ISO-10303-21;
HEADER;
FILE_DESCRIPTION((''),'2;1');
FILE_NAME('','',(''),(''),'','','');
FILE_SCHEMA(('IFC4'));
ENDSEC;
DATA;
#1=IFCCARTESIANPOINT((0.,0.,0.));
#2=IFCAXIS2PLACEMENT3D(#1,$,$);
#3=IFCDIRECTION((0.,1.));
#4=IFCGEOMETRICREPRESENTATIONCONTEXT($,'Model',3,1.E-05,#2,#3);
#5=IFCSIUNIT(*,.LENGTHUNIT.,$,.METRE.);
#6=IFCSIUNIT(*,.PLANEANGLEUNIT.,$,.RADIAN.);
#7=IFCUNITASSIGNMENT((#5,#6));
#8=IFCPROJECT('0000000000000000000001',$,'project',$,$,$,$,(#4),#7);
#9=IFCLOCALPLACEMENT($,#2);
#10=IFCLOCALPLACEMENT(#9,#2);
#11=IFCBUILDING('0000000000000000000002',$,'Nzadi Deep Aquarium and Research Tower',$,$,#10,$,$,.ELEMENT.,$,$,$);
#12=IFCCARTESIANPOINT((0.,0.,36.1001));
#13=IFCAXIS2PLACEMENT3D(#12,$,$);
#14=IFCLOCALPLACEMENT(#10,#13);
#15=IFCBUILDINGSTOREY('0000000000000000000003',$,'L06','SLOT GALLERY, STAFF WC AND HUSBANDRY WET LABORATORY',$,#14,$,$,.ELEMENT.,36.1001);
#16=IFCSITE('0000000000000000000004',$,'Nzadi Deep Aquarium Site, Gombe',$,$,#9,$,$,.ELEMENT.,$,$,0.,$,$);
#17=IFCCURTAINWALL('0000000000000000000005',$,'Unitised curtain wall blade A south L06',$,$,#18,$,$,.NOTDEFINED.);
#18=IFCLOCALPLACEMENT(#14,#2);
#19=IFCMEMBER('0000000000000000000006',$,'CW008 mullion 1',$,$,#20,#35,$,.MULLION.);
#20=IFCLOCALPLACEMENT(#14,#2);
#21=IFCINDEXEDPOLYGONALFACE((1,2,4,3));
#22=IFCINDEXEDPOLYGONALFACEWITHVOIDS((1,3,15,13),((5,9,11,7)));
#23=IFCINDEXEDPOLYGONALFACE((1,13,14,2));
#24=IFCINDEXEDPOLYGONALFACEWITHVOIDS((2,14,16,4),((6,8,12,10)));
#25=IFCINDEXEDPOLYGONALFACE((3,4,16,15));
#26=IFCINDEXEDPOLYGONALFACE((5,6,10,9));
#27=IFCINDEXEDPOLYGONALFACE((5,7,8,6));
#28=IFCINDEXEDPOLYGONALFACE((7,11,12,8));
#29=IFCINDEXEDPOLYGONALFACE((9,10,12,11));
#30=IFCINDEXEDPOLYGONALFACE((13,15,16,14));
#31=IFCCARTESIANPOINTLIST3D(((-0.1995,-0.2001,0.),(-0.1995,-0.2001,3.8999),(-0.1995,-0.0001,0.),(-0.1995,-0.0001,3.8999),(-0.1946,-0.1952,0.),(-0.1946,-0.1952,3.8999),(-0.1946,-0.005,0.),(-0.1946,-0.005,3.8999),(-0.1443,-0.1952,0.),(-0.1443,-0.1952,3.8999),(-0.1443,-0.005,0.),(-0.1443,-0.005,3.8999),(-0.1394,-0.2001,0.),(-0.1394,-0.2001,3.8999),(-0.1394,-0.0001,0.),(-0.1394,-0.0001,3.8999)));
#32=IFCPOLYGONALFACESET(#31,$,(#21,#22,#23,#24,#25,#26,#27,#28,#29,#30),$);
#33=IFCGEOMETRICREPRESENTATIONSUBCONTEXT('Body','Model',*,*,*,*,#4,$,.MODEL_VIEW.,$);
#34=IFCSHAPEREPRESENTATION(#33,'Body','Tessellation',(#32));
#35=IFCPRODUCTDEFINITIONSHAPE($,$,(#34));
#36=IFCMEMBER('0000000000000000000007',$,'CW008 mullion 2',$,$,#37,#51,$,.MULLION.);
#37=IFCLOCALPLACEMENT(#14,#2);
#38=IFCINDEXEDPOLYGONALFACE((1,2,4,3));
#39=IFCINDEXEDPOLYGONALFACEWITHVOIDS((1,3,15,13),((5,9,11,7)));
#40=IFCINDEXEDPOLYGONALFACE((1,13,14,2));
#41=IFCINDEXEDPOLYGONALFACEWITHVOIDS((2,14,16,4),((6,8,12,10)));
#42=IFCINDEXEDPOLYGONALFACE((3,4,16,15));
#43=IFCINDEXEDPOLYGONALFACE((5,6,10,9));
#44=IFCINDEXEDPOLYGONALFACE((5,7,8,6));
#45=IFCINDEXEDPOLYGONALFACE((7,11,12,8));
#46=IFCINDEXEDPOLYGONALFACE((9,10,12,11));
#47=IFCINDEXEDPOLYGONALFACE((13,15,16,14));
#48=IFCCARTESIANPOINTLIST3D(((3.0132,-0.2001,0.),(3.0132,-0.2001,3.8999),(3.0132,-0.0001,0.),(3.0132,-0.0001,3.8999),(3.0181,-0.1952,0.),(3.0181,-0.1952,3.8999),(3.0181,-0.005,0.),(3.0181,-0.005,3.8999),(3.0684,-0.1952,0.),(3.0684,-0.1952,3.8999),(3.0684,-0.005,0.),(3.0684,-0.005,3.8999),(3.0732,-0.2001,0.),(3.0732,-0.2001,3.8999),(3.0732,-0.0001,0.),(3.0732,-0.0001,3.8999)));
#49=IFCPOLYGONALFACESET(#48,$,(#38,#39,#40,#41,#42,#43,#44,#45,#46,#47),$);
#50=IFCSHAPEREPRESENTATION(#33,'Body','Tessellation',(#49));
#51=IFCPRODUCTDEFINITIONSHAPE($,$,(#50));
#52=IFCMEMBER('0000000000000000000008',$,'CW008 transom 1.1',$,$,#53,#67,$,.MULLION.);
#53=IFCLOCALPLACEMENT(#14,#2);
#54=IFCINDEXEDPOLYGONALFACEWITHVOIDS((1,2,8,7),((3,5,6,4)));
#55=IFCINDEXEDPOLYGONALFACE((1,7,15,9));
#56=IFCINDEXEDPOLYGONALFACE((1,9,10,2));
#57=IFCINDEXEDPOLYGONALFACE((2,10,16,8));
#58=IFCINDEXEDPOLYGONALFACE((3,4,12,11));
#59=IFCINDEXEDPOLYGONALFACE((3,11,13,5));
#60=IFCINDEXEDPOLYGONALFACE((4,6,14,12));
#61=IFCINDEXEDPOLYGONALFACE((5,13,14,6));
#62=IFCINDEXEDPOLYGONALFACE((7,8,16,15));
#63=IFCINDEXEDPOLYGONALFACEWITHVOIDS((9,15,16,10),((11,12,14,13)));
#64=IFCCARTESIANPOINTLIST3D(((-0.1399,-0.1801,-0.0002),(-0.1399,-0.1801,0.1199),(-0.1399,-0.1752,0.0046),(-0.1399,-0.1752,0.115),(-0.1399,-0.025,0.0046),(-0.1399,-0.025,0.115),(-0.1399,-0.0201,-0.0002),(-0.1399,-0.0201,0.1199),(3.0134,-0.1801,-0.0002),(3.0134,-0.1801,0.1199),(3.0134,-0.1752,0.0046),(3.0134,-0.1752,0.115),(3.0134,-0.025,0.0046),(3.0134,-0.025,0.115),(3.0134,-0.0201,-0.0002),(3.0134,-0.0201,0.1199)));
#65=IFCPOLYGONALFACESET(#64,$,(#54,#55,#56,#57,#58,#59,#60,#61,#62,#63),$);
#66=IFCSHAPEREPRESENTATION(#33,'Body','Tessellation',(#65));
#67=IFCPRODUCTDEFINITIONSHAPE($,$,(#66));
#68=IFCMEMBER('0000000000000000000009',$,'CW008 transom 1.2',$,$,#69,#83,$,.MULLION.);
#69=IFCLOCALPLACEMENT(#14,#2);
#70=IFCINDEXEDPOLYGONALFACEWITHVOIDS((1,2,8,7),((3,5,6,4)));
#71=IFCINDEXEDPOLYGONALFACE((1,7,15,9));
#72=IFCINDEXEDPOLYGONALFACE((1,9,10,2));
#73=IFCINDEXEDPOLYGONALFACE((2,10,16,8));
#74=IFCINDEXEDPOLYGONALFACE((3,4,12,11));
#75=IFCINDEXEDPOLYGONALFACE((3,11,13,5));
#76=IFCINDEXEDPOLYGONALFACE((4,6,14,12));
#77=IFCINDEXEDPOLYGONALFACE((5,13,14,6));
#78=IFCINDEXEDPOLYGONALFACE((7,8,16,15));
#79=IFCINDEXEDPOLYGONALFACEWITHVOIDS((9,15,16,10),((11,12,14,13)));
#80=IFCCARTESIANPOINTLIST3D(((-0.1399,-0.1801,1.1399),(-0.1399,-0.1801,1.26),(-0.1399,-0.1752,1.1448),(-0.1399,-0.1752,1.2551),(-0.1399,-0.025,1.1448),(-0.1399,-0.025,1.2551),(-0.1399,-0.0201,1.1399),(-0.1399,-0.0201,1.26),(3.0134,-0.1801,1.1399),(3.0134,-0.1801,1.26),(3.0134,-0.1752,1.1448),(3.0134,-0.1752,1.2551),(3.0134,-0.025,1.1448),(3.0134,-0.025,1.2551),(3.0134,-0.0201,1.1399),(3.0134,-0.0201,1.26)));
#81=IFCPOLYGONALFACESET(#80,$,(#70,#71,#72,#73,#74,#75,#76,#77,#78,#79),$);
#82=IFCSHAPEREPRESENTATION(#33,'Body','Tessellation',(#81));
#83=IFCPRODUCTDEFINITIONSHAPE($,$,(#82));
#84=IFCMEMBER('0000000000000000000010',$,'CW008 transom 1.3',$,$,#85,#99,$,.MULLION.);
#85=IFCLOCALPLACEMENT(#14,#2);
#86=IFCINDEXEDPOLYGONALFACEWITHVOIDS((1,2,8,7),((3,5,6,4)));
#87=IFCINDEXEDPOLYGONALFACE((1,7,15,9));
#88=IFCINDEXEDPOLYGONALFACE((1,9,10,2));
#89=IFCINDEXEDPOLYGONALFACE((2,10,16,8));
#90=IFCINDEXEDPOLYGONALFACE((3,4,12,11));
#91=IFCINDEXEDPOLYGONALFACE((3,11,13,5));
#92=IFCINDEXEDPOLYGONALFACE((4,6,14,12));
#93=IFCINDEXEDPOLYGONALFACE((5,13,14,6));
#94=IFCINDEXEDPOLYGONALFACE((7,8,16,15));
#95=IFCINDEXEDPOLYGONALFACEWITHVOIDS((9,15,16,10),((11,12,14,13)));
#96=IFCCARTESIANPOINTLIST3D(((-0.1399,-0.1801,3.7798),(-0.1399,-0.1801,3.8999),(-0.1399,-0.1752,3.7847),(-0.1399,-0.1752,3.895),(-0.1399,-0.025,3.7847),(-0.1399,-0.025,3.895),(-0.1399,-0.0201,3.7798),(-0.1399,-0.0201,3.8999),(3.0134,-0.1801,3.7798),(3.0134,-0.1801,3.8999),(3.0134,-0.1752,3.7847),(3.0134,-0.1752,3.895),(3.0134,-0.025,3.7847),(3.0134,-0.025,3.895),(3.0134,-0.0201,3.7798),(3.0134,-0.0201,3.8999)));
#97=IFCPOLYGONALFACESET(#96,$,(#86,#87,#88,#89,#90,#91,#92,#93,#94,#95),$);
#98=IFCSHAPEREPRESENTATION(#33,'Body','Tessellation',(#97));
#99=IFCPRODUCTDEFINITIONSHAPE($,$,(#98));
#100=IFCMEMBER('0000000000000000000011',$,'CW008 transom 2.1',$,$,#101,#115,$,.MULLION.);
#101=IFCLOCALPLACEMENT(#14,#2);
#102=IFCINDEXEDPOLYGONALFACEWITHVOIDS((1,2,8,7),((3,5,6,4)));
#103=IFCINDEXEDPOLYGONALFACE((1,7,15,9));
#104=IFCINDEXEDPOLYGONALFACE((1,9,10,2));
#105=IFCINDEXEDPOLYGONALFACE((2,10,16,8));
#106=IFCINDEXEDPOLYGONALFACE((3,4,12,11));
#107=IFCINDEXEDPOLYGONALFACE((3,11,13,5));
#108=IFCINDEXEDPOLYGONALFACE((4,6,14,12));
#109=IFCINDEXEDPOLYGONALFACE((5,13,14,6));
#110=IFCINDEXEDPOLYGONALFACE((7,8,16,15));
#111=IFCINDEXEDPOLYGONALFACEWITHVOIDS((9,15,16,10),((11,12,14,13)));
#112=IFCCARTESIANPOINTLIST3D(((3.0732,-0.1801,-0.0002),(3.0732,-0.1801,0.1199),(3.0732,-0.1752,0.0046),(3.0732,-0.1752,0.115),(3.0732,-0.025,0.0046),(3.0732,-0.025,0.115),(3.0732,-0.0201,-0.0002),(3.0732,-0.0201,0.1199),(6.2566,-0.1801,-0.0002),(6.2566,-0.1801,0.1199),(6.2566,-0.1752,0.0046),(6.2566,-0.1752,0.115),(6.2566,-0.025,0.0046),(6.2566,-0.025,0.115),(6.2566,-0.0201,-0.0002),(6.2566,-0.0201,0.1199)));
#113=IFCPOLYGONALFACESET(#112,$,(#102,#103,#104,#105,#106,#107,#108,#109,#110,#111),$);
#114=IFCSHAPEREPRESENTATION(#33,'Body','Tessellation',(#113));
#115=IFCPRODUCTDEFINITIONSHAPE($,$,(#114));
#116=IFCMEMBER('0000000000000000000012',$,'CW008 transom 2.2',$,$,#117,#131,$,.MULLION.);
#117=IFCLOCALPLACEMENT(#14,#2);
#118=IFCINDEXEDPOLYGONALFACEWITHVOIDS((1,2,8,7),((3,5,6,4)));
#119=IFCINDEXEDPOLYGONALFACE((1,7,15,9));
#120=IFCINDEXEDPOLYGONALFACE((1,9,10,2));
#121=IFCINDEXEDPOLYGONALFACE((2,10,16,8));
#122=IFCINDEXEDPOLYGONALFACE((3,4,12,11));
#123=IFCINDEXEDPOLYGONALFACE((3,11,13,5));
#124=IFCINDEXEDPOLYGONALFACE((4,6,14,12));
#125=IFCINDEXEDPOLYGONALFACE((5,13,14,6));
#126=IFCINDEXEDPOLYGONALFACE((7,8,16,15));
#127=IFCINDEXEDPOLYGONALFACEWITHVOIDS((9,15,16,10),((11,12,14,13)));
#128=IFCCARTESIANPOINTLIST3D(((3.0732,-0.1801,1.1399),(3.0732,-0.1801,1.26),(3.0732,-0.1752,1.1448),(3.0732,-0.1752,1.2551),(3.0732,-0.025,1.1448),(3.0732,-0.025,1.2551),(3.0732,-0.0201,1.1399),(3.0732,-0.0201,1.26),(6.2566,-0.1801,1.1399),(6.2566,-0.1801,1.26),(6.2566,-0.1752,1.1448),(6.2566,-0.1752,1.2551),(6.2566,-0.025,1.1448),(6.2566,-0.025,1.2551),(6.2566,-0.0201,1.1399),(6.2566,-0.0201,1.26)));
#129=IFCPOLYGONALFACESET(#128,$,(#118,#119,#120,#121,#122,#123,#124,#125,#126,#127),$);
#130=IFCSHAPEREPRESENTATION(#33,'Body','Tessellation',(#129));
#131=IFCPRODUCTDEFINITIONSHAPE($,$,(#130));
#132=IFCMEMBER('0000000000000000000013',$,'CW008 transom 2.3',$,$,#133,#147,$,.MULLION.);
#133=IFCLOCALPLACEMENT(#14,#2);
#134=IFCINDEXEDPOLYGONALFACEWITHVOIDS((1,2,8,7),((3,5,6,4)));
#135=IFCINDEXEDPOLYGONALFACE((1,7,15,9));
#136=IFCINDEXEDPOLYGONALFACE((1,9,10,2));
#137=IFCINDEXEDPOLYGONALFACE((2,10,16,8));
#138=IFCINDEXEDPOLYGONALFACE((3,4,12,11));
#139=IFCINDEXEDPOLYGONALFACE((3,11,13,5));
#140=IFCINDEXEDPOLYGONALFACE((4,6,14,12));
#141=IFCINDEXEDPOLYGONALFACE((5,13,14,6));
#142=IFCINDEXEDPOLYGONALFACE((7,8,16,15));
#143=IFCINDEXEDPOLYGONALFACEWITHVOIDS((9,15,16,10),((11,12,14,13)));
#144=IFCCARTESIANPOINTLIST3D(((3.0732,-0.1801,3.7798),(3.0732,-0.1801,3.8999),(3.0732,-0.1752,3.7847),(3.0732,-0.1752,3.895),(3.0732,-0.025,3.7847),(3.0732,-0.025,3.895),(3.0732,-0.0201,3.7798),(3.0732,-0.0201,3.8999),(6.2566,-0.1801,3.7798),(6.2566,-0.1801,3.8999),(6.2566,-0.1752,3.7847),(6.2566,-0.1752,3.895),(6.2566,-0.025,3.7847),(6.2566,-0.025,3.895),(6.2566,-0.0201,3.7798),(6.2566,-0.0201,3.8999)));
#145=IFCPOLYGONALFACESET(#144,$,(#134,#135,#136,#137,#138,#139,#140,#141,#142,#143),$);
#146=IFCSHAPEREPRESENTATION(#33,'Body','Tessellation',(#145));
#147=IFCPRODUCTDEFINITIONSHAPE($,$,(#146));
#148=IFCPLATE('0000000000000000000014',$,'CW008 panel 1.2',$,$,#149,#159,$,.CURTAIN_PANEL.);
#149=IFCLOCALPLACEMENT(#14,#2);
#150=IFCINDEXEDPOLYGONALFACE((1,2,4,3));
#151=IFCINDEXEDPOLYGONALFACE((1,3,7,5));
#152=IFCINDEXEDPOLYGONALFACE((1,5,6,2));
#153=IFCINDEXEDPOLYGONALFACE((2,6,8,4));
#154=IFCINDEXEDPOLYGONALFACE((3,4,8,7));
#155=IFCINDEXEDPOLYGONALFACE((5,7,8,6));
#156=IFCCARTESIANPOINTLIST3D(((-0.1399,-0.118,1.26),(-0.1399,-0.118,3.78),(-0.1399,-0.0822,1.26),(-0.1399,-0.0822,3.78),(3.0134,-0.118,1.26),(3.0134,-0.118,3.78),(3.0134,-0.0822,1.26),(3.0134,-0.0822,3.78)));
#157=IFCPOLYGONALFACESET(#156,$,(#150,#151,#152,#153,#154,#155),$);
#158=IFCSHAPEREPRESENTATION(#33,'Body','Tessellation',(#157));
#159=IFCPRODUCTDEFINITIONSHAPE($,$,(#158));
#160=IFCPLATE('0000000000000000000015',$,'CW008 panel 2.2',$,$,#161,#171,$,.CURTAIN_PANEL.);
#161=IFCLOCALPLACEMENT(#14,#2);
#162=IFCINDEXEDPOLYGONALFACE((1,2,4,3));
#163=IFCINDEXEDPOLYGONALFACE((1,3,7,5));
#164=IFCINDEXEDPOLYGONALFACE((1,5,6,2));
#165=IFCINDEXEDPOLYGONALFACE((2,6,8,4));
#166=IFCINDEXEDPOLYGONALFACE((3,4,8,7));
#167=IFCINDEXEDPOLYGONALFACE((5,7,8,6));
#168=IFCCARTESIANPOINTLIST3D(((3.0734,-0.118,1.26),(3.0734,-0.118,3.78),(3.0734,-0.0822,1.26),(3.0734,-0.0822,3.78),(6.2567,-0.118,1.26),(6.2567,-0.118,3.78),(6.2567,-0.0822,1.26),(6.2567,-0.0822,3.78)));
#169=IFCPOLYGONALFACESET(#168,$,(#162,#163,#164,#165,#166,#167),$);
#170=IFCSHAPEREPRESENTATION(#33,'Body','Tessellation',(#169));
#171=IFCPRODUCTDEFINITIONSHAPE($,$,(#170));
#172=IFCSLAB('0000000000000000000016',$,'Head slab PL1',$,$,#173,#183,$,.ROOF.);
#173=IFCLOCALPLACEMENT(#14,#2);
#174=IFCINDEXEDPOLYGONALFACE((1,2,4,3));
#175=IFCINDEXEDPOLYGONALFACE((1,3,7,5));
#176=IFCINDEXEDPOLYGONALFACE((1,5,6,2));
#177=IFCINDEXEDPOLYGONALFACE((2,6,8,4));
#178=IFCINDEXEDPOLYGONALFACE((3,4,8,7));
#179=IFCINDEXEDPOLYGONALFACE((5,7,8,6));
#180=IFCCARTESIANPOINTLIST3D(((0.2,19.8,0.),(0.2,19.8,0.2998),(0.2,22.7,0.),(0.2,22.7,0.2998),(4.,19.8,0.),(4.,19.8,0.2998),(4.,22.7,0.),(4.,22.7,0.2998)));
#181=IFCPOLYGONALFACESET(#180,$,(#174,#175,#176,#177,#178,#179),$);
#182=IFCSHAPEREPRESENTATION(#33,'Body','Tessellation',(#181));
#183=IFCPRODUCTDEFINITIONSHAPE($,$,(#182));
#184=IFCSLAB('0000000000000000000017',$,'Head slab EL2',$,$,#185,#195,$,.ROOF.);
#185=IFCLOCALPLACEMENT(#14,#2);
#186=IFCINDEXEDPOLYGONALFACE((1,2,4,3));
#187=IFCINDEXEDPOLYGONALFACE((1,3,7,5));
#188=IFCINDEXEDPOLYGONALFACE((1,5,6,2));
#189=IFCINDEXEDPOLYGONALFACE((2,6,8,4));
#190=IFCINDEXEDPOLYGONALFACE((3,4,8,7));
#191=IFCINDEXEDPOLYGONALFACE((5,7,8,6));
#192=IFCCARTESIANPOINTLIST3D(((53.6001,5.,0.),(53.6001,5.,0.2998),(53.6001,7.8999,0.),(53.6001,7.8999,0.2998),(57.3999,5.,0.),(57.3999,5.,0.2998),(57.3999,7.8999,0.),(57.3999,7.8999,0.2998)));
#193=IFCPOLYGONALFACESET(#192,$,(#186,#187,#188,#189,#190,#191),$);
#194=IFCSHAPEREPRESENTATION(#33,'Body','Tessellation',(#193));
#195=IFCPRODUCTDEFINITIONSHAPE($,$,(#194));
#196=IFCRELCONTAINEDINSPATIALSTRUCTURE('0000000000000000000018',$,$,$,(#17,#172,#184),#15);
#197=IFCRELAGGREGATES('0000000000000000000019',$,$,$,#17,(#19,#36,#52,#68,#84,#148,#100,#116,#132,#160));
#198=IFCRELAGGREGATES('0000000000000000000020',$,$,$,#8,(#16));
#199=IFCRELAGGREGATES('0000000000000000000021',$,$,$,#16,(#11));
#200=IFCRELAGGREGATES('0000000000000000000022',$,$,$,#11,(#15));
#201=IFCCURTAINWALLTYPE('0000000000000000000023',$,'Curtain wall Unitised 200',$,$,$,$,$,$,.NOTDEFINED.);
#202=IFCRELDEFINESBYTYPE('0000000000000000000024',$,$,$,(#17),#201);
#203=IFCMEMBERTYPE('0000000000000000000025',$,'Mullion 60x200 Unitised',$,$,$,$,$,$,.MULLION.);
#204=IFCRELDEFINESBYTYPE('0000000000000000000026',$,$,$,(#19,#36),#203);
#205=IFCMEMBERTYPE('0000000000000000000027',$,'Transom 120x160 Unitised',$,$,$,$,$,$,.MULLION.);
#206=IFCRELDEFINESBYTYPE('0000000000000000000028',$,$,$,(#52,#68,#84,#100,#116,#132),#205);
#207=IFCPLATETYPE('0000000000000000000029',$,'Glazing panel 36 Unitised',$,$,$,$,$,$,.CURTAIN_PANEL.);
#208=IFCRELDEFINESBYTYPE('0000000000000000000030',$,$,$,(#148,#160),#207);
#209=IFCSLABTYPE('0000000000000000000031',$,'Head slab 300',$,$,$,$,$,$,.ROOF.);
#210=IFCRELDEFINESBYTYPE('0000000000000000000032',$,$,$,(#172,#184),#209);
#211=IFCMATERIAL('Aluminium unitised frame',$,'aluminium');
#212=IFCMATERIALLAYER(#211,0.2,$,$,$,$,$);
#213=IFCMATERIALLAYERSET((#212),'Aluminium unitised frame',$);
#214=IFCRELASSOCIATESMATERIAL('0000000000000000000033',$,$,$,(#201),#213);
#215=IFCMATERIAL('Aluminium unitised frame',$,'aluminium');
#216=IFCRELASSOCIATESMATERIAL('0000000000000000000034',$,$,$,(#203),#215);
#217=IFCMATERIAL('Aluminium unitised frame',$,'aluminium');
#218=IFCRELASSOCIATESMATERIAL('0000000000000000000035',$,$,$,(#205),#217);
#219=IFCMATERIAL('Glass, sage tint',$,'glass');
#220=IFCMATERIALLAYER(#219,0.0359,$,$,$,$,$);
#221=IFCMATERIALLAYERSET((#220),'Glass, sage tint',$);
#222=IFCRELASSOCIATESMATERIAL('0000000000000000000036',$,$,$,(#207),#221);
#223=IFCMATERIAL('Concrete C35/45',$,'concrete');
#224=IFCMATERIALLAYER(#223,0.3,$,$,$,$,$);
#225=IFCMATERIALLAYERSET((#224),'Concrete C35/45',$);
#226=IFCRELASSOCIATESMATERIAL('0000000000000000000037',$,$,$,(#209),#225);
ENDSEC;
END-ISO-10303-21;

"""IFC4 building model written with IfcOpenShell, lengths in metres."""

from ifc_helpers import new_model, si_unit, direction, frame, origin, origin_2d, place, context, subcontext, project, spatial, polyline, rectangle, hollow_rectangle, outline, extrude, material, layer, layer_set, material_profile, profile_set, type_object, element, aggregate, save


model = new_model("IFC4")

# Units and contexts
model_context = context("Model", 3, precision=1e-05, world=origin(), true_north=direction((0.0, 1.0)))
body_context = subcontext(model_context, "Body", "Model", "MODEL_VIEW")
ifc_project = project(units=[si_unit("LENGTHUNIT", "METRE"), si_unit("PLANEANGLEUNIT", "RADIAN")], contexts=[model_context])

# Site, building, storey
site_placement = place(None, origin())
site = spatial("IfcSite", under=ifc_project, at=site_placement, Name="Nzadi Deep Aquarium Site, Gombe", CompositionType="ELEMENT", RefElevation=0.0)
building_placement = place(site_placement, origin())
building = spatial("IfcBuilding", under=site, at=building_placement, Name="Nzadi Deep Aquarium and Research Tower", CompositionType="ELEMENT")
storey_placement = place(building_placement, frame((0.0, 0.0, 36.1001)))
storey = spatial("IfcBuildingStorey", under=building, at=storey_placement, Name="L06", Description="SLOT GALLERY, STAFF WC AND HUSBANDRY WET LABORATORY", CompositionType="ELEMENT", Elevation=36.1001)

# Curtain wall, members, plates
ifc_material_1 = material(Name="Aluminium unitised frame", Category="aluminium")
ifc_layer_1 = layer(ifc_material_1, 0.2)
ifc_layer_set_1 = layer_set([ifc_layer_1], Name="Aluminium unitised frame")
curtain_wall_type = type_object("IfcCurtainWallType", Name="Curtain wall Unitised 200", PredefinedType="NOTDEFINED", material=ifc_layer_set_1)
curtain_wall_placement = place(storey_placement, origin())
curtain_wall = element("IfcCurtainWall", 1, at=curtain_wall_placement, inside=storey, type_object=curtain_wall_type, Name="Unitised curtain wall blade A south L06", PredefinedType="NOTDEFINED")
ifc_material_2 = material(Name="Aluminium unitised frame", Category="aluminium")
ifc_material_profile_1 = material_profile(ifc_material_2, hollow_rectangle(XDim=0.2, YDim=0.0601, WallThickness=0.0049, at=origin_2d()))
ifc_profile_set_1 = profile_set([ifc_material_profile_1], Name="Aluminium unitised frame")
member_type_1 = type_object("IfcMemberType", Name="Mullion 60x200 Unitised", PredefinedType="MULLION", material=ifc_profile_set_1)
member_1_placement = place(storey_placement, frame((-0.1694, -0.1001, 0.0), z_axis=(0.0, 0.0, 1.0), x_axis=(0.0, 1.0, 0.0)))
member_1 = element("IfcMember", 2, at=member_1_placement, type_object=member_type_1, Name="CW008 mullion 1", PredefinedType="MULLION", context=body_context, shape_type="SweptSolid", body=[
    extrude(hollow_rectangle(XDim=0.2, YDim=0.0601, WallThickness=0.0049, at=origin_2d()), origin(), (0.0, 0.0, 1.0), 3.8999),
])
member_2_placement = place(storey_placement, frame((3.0432, -0.1001, 0.0), z_axis=(0.0, 0.0, 1.0), x_axis=(0.0, 1.0, 0.0)))
member_2 = element("IfcMember", 3, at=member_2_placement, type_object=member_type_1, Name="CW008 mullion 2", PredefinedType="MULLION", context=body_context, shape_type="SweptSolid", body=[
    extrude(hollow_rectangle(XDim=0.2, YDim=0.0601, WallThickness=0.0049, at=origin_2d()), origin(), (0.0, 0.0, 1.0), 3.8999),
])
ifc_material_3 = material(Name="Aluminium unitised frame", Category="aluminium")
ifc_material_profile_2 = material_profile(ifc_material_3, hollow_rectangle(XDim=0.1599, YDim=0.1201, WallThickness=0.0049, at=origin_2d()))
ifc_profile_set_2 = profile_set([ifc_material_profile_2], Name="Aluminium unitised frame")
member_type_2 = type_object("IfcMemberType", Name="Transom 120x160 Unitised", PredefinedType="MULLION", material=ifc_profile_set_2)
member_3_placement = place(storey_placement, frame((-0.1399, -0.1001, 0.0598), z_axis=(1.0, 0.0, 0.0), x_axis=(0.0, 1.0, 0.0)))
member_3 = element("IfcMember", 4, at=member_3_placement, type_object=member_type_2, Name="CW008 transom 1.1", PredefinedType="MULLION", context=body_context, shape_type="SweptSolid", body=[
    extrude(hollow_rectangle(XDim=0.1599, YDim=0.1201, WallThickness=0.0049, at=origin_2d()), origin(), (0.0, 0.0, 1.0), 3.1533),
])
member_4_placement = place(storey_placement, frame((-0.1399, -0.1001, 1.2), z_axis=(1.0, 0.0, 0.0), x_axis=(0.0, 1.0, 0.0)))
member_4 = element("IfcMember", 5, at=member_4_placement, type_object=member_type_2, Name="CW008 transom 1.2", PredefinedType="MULLION", context=body_context, shape_type="SweptSolid", body=[
    extrude(hollow_rectangle(XDim=0.1599, YDim=0.1201, WallThickness=0.0049, at=origin_2d()), origin(), (0.0, 0.0, 1.0), 3.1533),
])
member_5_placement = place(storey_placement, frame((-0.1399, -0.1001, 3.8398), z_axis=(1.0, 0.0, 0.0), x_axis=(0.0, 1.0, 0.0)))
member_5 = element("IfcMember", 6, at=member_5_placement, type_object=member_type_2, Name="CW008 transom 1.3", PredefinedType="MULLION", context=body_context, shape_type="SweptSolid", body=[
    extrude(hollow_rectangle(XDim=0.1599, YDim=0.1201, WallThickness=0.0049, at=origin_2d()), origin(), (0.0, 0.0, 1.0), 3.1533),
])
member_6_placement = place(storey_placement, frame((3.0732, -0.1001, 0.0598), z_axis=(1.0, 0.0, 0.0), x_axis=(0.0, 1.0, 0.0)))
member_6 = element("IfcMember", 7, at=member_6_placement, type_object=member_type_2, Name="CW008 transom 2.1", PredefinedType="MULLION", context=body_context, shape_type="SweptSolid", body=[
    extrude(hollow_rectangle(XDim=0.1599, YDim=0.1201, WallThickness=0.0049, at=origin_2d()), origin(), (0.0, 0.0, 1.0), 3.1833),
])
member_7_placement = place(storey_placement, frame((3.0732, -0.1001, 1.2), z_axis=(1.0, 0.0, 0.0), x_axis=(0.0, 1.0, 0.0)))
member_7 = element("IfcMember", 8, at=member_7_placement, type_object=member_type_2, Name="CW008 transom 2.2", PredefinedType="MULLION", context=body_context, shape_type="SweptSolid", body=[
    extrude(hollow_rectangle(XDim=0.1599, YDim=0.1201, WallThickness=0.0049, at=origin_2d()), origin(), (0.0, 0.0, 1.0), 3.1833),
])
member_8_placement = place(storey_placement, frame((3.0732, -0.1001, 3.8398), z_axis=(1.0, 0.0, 0.0), x_axis=(0.0, 1.0, 0.0)))
member_8 = element("IfcMember", 9, at=member_8_placement, type_object=member_type_2, Name="CW008 transom 2.3", PredefinedType="MULLION", context=body_context, shape_type="SweptSolid", body=[
    extrude(hollow_rectangle(XDim=0.1599, YDim=0.1201, WallThickness=0.0049, at=origin_2d()), origin(), (0.0, 0.0, 1.0), 3.1833),
])
ifc_material_4 = material(Name="Glass, sage tint", Category="glass")
ifc_layer_2 = layer(ifc_material_4, 0.0359)
ifc_layer_set_2 = layer_set([ifc_layer_2], Name="Glass, sage tint")
plate_type_1 = type_object("IfcPlateType", Name="Glazing panel 36 Unitised", PredefinedType="CURTAIN_PANEL", material=ifc_layer_set_2)
plate_1_placement = place(storey_placement, frame((1.4368, -0.1001, 1.26), z_axis=(0.0, 0.0, 1.0), x_axis=(1.0, 0.0, 0.0)))
plate_1 = element("IfcPlate", 10, at=plate_1_placement, type_object=plate_type_1, Name="CW008 panel 1.2", PredefinedType="CURTAIN_PANEL", context=body_context, shape_type="SweptSolid", body=[
    extrude(rectangle(XDim=3.1533, YDim=0.0359, at=origin_2d()), origin(), (0.0, 0.0, 1.0), 2.52),
])
plate_2_placement = place(storey_placement, frame((4.665, -0.1001, 1.26), z_axis=(0.0, 0.0, 1.0), x_axis=(1.0, 0.0, 0.0)))
plate_2 = element("IfcPlate", 11, at=plate_2_placement, type_object=plate_type_1, Name="CW008 panel 2.2", PredefinedType="CURTAIN_PANEL", context=body_context, shape_type="SweptSolid", body=[
    extrude(rectangle(XDim=3.1833, YDim=0.0359, at=origin_2d()), origin(), (0.0, 0.0, 1.0), 2.52),
])

# Slabs
ifc_material_5 = material(Name="Concrete C35/45", Category="concrete")
ifc_layer_3 = layer(ifc_material_5, 0.3)
ifc_layer_set_3 = layer_set([ifc_layer_3], Name="Concrete C35/45")
slab_type_1 = type_object("IfcSlabType", Name="Head slab 300", PredefinedType="ROOF", material=ifc_layer_set_3)
slab_1_placement = place(storey_placement, origin())
element("IfcSlab", 12, at=slab_1_placement, inside=storey, type_object=slab_type_1, Name="Head slab PL1", PredefinedType="ROOF", context=body_context, shape_type="SweptSolid", body=[
    extrude(outline(polyline([(4.0, 19.8), (4.0, 22.7), (0.2, 22.7), (0.2, 19.8), (4.0, 19.8)])), origin(), (0.0, 0.0, 1.0), 0.2998),
])
slab_2_placement = place(storey_placement, origin())
element("IfcSlab", 13, at=slab_2_placement, inside=storey, type_object=slab_type_1, Name="Head slab EL2", PredefinedType="ROOF", context=body_context, shape_type="SweptSolid", body=[
    extrude(outline(polyline([(57.3999, 5.0), (57.3999, 7.8999), (53.6001, 7.8999), (53.6001, 5.0), (57.3999, 5.0)])), origin(), (0.0, 0.0, 1.0), 0.2998),
])

aggregate(curtain_wall, [member_1, member_2, member_3, member_4, member_5, plate_1, member_6, member_7, member_8, plate_2])

save(model, "model.ifc")
